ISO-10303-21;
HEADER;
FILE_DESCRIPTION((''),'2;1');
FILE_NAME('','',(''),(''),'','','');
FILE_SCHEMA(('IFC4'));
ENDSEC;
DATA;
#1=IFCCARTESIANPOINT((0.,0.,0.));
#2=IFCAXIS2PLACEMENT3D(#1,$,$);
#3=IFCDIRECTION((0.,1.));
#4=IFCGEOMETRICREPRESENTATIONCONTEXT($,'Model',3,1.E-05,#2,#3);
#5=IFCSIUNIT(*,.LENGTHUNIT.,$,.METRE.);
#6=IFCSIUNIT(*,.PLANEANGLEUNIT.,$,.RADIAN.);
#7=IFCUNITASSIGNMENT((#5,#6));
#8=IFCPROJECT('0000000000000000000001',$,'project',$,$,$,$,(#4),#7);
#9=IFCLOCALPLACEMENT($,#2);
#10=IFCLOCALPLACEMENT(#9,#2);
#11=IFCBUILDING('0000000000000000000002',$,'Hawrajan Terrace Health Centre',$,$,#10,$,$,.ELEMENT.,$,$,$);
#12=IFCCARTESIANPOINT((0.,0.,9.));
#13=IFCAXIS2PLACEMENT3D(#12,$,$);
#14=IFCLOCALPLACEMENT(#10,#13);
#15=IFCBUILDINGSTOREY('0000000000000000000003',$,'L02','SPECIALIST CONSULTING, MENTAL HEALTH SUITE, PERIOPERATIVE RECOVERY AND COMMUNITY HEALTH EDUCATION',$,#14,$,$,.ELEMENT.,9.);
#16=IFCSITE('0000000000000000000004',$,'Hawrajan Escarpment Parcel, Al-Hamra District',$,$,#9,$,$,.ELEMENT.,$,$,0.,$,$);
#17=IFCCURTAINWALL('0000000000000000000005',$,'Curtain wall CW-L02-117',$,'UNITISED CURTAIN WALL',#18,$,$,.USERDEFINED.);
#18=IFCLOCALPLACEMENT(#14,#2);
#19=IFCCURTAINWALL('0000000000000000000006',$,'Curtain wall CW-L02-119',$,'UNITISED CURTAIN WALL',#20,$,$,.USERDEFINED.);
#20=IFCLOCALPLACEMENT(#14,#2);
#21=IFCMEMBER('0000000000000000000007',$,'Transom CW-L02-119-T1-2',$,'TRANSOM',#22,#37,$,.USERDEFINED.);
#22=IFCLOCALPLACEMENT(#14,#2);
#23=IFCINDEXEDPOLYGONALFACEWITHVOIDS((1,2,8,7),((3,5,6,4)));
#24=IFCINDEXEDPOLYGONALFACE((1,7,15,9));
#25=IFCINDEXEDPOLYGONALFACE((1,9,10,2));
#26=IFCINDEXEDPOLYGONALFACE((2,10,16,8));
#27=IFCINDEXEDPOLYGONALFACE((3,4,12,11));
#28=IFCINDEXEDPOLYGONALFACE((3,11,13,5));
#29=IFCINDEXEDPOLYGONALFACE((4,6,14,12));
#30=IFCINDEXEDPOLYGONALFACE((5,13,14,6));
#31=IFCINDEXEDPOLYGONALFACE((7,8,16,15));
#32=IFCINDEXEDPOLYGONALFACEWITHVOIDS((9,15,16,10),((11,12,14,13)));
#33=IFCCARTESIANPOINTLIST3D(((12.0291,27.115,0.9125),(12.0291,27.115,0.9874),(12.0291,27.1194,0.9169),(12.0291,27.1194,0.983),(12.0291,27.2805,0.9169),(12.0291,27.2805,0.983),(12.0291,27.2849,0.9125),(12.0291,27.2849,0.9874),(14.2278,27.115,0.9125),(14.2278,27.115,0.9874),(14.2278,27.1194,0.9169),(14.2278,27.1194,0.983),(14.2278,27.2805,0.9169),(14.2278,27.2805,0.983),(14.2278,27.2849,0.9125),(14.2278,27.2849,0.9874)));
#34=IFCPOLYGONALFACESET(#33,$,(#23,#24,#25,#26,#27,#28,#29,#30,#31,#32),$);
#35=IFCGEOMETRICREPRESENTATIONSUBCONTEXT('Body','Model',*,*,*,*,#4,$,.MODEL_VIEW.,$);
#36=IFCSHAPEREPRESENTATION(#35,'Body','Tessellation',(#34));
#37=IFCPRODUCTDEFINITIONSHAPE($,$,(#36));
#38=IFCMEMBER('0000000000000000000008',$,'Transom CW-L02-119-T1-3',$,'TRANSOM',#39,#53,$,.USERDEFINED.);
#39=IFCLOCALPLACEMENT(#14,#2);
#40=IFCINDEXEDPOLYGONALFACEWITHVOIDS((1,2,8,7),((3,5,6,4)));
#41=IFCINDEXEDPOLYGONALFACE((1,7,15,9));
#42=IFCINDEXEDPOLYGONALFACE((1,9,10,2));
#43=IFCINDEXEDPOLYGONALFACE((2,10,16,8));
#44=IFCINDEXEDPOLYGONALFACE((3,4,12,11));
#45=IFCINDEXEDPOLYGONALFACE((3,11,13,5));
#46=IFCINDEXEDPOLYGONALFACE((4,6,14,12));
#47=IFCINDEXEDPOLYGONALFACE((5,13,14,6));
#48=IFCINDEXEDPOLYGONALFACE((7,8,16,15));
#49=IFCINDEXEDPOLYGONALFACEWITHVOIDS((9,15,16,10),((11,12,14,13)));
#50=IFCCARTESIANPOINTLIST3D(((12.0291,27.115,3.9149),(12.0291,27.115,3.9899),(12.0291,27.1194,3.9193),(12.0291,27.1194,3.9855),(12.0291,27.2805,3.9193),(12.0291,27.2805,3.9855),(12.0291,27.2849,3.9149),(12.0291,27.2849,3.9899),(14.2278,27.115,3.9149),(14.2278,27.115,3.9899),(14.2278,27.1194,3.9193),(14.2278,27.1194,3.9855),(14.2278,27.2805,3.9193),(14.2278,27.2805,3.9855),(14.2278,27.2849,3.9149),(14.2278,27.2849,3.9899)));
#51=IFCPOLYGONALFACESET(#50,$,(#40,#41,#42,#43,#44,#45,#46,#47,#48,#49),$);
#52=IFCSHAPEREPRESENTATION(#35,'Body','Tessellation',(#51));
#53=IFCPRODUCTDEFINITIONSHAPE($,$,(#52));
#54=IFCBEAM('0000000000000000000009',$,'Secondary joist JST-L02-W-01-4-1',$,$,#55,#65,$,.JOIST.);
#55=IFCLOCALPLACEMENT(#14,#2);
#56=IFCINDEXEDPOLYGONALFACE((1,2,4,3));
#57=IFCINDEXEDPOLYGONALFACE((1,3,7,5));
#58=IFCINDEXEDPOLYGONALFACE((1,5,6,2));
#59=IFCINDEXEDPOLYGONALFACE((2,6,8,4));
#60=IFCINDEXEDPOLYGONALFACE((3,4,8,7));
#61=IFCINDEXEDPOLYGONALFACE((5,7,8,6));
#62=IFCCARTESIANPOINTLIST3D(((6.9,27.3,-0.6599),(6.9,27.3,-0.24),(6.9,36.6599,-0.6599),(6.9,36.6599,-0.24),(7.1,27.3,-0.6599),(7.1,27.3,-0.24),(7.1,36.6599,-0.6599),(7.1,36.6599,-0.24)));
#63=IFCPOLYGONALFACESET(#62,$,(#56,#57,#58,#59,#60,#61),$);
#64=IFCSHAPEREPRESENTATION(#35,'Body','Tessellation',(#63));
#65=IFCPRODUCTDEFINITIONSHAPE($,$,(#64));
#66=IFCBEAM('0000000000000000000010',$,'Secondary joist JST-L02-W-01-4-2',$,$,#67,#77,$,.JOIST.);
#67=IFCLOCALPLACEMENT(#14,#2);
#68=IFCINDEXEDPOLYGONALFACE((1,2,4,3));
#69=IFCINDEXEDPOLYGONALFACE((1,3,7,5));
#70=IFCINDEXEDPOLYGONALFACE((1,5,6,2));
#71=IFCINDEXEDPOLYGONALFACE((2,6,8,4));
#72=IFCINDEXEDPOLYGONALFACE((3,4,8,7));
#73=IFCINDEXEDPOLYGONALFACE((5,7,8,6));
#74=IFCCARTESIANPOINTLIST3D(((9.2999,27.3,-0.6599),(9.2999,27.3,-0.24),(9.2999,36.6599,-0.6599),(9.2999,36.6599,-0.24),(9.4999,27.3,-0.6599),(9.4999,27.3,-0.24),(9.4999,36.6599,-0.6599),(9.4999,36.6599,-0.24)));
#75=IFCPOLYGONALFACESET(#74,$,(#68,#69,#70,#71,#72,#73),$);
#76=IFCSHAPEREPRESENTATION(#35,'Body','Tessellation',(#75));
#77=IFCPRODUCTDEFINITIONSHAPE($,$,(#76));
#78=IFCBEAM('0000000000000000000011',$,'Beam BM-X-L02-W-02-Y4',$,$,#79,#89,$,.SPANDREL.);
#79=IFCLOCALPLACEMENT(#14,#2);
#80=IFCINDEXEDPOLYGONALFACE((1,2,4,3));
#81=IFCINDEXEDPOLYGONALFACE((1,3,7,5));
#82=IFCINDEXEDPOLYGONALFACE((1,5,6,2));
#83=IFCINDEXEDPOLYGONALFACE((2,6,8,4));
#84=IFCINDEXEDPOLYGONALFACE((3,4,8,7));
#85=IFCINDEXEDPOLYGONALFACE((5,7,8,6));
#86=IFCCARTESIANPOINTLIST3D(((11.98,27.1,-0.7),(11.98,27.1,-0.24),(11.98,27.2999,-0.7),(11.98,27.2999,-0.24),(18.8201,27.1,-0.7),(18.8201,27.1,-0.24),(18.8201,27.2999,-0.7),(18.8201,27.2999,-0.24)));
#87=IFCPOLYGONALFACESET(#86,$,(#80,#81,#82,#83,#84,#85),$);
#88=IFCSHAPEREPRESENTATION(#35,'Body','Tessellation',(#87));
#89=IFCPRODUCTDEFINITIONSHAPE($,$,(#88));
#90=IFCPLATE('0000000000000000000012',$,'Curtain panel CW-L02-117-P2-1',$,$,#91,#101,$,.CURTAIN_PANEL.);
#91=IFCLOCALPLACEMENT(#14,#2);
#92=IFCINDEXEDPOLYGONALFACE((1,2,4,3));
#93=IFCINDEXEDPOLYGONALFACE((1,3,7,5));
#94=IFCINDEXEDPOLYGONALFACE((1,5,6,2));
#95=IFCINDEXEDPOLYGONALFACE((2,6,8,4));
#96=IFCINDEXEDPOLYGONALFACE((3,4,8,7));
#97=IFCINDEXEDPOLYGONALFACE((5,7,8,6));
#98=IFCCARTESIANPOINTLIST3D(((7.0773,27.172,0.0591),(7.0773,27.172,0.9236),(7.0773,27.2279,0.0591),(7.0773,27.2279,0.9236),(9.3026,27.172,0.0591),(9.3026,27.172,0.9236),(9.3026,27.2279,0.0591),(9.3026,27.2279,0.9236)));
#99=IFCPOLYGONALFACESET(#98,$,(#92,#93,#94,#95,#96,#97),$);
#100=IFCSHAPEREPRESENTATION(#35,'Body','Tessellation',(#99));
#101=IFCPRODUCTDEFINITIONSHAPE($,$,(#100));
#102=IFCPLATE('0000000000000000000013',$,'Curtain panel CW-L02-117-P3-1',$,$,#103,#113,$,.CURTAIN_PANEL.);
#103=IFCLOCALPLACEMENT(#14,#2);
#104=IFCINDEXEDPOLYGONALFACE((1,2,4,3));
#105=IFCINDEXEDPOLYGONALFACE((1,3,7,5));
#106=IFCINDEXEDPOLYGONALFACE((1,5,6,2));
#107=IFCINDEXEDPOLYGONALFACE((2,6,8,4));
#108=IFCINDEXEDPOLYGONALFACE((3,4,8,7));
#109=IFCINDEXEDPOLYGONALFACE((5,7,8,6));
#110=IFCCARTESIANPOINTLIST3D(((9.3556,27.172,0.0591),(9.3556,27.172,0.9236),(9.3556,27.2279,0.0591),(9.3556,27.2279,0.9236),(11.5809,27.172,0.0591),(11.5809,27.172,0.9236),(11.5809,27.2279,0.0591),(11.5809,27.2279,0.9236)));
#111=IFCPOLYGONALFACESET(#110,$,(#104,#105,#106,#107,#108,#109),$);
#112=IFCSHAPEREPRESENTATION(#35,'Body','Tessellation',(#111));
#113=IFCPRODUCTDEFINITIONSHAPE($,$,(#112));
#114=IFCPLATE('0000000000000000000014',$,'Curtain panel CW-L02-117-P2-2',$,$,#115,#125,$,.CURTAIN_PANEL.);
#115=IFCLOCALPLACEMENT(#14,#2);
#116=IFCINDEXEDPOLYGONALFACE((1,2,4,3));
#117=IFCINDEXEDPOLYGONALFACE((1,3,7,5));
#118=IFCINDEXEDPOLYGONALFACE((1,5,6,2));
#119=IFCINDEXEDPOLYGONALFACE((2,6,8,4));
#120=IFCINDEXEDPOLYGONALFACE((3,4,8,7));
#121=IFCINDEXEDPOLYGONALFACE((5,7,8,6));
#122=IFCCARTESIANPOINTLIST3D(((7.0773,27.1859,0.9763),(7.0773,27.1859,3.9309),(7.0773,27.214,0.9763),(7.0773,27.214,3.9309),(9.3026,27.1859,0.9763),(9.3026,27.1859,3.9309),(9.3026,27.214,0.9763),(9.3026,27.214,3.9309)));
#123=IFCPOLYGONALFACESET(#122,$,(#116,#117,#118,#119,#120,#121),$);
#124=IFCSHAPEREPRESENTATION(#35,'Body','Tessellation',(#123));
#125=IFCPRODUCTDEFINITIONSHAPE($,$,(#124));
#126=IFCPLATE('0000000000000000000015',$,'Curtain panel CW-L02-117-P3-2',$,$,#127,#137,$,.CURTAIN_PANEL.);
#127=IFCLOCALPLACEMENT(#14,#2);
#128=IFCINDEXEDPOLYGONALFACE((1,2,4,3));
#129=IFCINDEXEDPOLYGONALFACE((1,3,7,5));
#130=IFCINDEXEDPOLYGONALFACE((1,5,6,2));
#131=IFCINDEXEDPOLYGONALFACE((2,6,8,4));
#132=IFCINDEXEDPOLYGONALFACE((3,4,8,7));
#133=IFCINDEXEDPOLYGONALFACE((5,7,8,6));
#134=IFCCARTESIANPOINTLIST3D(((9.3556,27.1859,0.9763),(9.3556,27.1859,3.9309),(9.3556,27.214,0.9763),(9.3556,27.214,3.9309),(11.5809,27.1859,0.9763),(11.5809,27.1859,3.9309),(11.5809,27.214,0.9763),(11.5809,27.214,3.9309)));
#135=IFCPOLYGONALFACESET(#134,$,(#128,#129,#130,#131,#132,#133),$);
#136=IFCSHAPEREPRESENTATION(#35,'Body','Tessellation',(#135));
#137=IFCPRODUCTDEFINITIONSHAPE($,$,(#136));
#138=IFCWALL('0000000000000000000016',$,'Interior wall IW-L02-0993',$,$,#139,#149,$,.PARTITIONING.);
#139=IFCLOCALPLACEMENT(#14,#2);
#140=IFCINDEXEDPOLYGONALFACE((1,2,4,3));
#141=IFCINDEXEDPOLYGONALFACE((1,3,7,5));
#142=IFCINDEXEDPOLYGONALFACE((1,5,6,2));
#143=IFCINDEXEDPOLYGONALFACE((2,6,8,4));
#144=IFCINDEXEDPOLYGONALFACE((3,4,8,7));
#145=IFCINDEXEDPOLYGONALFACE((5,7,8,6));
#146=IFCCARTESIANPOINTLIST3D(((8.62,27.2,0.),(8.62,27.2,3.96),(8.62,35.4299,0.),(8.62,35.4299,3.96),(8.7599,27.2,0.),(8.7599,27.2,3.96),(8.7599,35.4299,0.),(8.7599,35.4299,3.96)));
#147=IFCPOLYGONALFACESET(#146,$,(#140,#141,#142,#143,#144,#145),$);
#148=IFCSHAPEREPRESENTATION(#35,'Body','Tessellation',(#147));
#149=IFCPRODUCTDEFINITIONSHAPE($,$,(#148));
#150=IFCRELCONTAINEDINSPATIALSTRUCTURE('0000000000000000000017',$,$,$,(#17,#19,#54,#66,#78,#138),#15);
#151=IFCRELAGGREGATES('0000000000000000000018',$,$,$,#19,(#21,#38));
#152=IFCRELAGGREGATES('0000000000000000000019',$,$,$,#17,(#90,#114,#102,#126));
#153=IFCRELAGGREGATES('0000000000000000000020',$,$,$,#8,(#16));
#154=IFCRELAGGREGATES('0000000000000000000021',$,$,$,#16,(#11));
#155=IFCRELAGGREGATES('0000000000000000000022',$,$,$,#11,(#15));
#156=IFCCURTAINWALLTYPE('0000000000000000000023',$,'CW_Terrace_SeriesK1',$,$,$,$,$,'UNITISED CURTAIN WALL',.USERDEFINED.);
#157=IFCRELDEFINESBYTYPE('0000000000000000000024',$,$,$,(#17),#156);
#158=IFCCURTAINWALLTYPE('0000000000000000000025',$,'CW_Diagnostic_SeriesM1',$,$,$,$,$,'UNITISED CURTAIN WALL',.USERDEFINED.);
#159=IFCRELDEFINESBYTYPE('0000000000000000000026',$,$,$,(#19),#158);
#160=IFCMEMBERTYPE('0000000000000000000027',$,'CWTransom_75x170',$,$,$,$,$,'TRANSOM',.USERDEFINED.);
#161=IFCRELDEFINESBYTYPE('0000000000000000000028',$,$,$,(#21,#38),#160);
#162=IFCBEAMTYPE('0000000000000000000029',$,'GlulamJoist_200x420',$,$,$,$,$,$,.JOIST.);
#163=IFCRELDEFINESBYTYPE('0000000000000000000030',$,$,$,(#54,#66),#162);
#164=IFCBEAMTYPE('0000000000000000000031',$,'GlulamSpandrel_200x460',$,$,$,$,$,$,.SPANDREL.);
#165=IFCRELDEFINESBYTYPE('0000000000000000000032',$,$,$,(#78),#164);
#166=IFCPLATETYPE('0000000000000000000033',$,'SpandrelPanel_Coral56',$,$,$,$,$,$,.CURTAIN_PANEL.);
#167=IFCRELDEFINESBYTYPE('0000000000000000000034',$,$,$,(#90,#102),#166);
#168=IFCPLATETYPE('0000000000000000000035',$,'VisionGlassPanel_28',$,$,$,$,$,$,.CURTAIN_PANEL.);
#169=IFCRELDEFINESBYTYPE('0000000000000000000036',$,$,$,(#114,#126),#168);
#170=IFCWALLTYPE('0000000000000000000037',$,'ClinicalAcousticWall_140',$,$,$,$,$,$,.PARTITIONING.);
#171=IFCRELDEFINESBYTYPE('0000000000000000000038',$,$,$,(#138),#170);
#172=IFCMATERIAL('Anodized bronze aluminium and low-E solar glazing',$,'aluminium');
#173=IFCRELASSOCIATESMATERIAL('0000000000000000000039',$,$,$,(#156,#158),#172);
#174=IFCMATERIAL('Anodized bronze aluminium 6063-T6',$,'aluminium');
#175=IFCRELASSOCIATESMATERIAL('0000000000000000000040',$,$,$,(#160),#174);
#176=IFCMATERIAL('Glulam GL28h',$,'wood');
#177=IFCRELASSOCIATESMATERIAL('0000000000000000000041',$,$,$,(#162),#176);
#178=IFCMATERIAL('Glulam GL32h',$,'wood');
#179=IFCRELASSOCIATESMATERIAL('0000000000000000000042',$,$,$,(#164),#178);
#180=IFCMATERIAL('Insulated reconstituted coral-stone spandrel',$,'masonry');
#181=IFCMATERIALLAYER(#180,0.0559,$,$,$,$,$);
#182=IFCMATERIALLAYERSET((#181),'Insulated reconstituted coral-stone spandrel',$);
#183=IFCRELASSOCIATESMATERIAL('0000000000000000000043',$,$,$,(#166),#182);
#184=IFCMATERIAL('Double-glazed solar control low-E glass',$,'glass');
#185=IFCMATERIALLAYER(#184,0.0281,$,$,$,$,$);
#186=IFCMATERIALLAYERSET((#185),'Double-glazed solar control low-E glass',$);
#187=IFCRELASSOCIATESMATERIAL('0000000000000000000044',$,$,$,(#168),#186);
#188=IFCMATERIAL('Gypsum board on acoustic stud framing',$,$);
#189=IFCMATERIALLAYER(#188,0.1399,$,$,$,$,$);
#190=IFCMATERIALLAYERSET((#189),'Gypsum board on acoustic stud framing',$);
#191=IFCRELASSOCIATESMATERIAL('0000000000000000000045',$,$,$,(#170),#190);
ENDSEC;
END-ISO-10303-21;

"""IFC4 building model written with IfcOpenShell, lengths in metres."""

from ifc_helpers import new_model, si_unit, direction, frame, frame_2d, origin, origin_2d, place, context, subcontext, project, spatial, rectangle, hollow_rectangle, extrude, material, layer, layer_set, material_profile, profile_set, type_object, element, aggregate, save


model = new_model("IFC4")

# Units and contexts
model_context = context("Model", 3, precision=1e-05, world=origin(), true_north=direction((0.0, 1.0)))
body_context = subcontext(model_context, "Body", "Model", "MODEL_VIEW")
ifc_project = project(units=[si_unit("LENGTHUNIT", "METRE"), si_unit("PLANEANGLEUNIT", "RADIAN")], contexts=[model_context])

# Site, building, storey
site_placement = place(None, origin())
site = spatial("IfcSite", under=ifc_project, at=site_placement, Name="Hawrajan Escarpment Parcel, Al-Hamra District", CompositionType="ELEMENT", RefElevation=0.0)
building_placement = place(site_placement, origin())
building = spatial("IfcBuilding", under=site, at=building_placement, Name="Hawrajan Terrace Health Centre", CompositionType="ELEMENT")
storey_placement = place(building_placement, frame((0.0, 0.0, 9.0)))
storey = spatial("IfcBuildingStorey", under=building, at=storey_placement, Name="L02", Description="SPECIALIST CONSULTING, MENTAL HEALTH SUITE, PERIOPERATIVE RECOVERY AND COMMUNITY HEALTH EDUCATION", CompositionType="ELEMENT", Elevation=9.0)

# Shared definitions
ifc_material_1 = material(Name="Glulam GL32h", Category="wood")

# Curtain wall
ifc_material_2 = material(Name="Anodized bronze aluminium and low-E solar glazing", Category="aluminium")
curtain_wall_type_1 = type_object("IfcCurtainWallType", Name="CW_Terrace_SeriesK1", ElementType="UNITISED CURTAIN WALL", PredefinedType="USERDEFINED", material=ifc_material_2)
curtain_wall_1_placement = place(storey_placement, origin())
curtain_wall_1 = element("IfcCurtainWall", 1, at=curtain_wall_1_placement, inside=storey, type_object=curtain_wall_type_1, Name="Curtain wall CW-L02-117", ObjectType="UNITISED CURTAIN WALL", PredefinedType="USERDEFINED")
ifc_material_3 = material(Name="Anodized bronze aluminium 6063-T6", Category="aluminium")

# Curtain wall
curtain_wall_type_2 = type_object("IfcCurtainWallType", Name="CW_Diagnostic_SeriesM1", ElementType="UNITISED CURTAIN WALL", PredefinedType="USERDEFINED", material=ifc_material_2)
curtain_wall_2_placement = place(storey_placement, origin())
curtain_wall_2 = element("IfcCurtainWall", 2, at=curtain_wall_2_placement, inside=storey, type_object=curtain_wall_type_2, Name="Curtain wall CW-L02-119", ObjectType="UNITISED CURTAIN WALL", PredefinedType="USERDEFINED")

# Members
ifc_material_profile_1 = material_profile(ifc_material_3, hollow_rectangle(XDim=0.075, YDim=0.1699, WallThickness=0.0044, at=origin_2d()), Name="CW TRN 75x170")
ifc_profile_set_1 = profile_set([ifc_material_profile_1], Name="Anodized bronze aluminium 6063-T6")
member_type_1 = type_object("IfcMemberType", Name="CWTransom_75x170", ElementType="TRANSOM", PredefinedType="USERDEFINED", material=ifc_profile_set_1)
member_1_placement = place(storey_placement, frame((12.0291, 27.2, 0.95), z_axis=(1.0, 0.0, 0.0), x_axis=(0.0, 0.0, 1.0)))
member_1 = element("IfcMember", 3, at=member_1_placement, type_object=member_type_1, Name="Transom CW-L02-119-T1-2", ObjectType="TRANSOM", PredefinedType="USERDEFINED", context=body_context, shape_type="SweptSolid", body=[
    extrude(hollow_rectangle(XDim=0.075, YDim=0.1699, WallThickness=0.0044, at=origin_2d()), origin(), (0.0, 0.0, 1.0), 2.1987),
])
member_2_placement = place(storey_placement, frame((12.0291, 27.2, 3.9524), z_axis=(1.0, 0.0, 0.0), x_axis=(0.0, 0.0, 1.0)))
member_2 = element("IfcMember", 4, at=member_2_placement, type_object=member_type_1, Name="Transom CW-L02-119-T1-3", ObjectType="TRANSOM", PredefinedType="USERDEFINED", context=body_context, shape_type="SweptSolid", body=[
    extrude(hollow_rectangle(XDim=0.075, YDim=0.1699, WallThickness=0.0044, at=origin_2d()), origin(), (0.0, 0.0, 1.0), 2.1987),
])
aggregate(curtain_wall_2, [member_1, member_2])

# Beams
ifc_material_4 = material(Name="Glulam GL28h", Category="wood")
ifc_material_profile_2 = material_profile(ifc_material_4, rectangle(XDim=0.2, YDim=0.4199, at=origin_2d()), Name="GL JST 200x420")
ifc_profile_set_2 = profile_set([ifc_material_profile_2], Name="Glulam GL28h")
beam_type_1 = type_object("IfcBeamType", Name="GlulamJoist_200x420", PredefinedType="JOIST", material=ifc_profile_set_2)
for number, where, z_axis, x_axis, name in (
    (5, (7.0, 27.3, -0.45), (0.0, 1.0, 0.0), (-1.0, 0.0, 0.0), "Secondary joist JST-L02-W-01-4-1"),
    (6, (9.3999, 27.3, -0.45), (0.0, 1.0, 0.0), (-1.0, 0.0, 0.0), "Secondary joist JST-L02-W-01-4-2"),
):
    element("IfcBeam", number, at=place(storey_placement, frame(where, z_axis=z_axis, x_axis=x_axis)), inside=storey, type_object=beam_type_1, Name=name, PredefinedType="JOIST", context=body_context, shape_type="SweptSolid", body=[
        extrude(rectangle(XDim=0.2, YDim=0.4199, at=origin_2d()), origin(), (0.0, 0.0, 1.0), 9.3599),
    ])
ifc_material_profile_3 = material_profile(ifc_material_1, rectangle(XDim=0.2, YDim=0.46, at=origin_2d()), Name="GL SP 200x460")
ifc_profile_set_3 = profile_set([ifc_material_profile_3], Name="Glulam GL32h")
beam_type_2 = type_object("IfcBeamType", Name="GlulamSpandrel_200x460", PredefinedType="SPANDREL", material=ifc_profile_set_3)
beam_placement = place(storey_placement, frame((11.98, 27.2, -0.47), z_axis=(1.0, 0.0, 0.0), x_axis=(0.0, 1.0, 0.0)))
element("IfcBeam", 7, at=beam_placement, inside=storey, type_object=beam_type_2, Name="Beam BM-X-L02-W-02-Y4", PredefinedType="SPANDREL", context=body_context, shape_type="SweptSolid", body=[
    extrude(rectangle(XDim=0.2, YDim=0.46, at=origin_2d()), origin(), (0.0, 0.0, 1.0), 6.8401),
])

# Plates
ifc_material_5 = material(Name="Insulated reconstituted coral-stone spandrel", Category="masonry")
ifc_layer_1 = layer(ifc_material_5, 0.0559)
ifc_layer_set_1 = layer_set([ifc_layer_1], Name="Insulated reconstituted coral-stone spandrel")
plate_type_1 = type_object("IfcPlateType", Name="SpandrelPanel_Coral56", PredefinedType="CURTAIN_PANEL", material=ifc_layer_set_1)
plate_1_placement = place(storey_placement, frame((8.1899, 27.2, 0.0591), z_axis=(0.0, 0.0, 1.0), x_axis=(1.0, 0.0, 0.0)))
plate_1 = element("IfcPlate", 8, at=plate_1_placement, type_object=plate_type_1, Name="Curtain panel CW-L02-117-P2-1", PredefinedType="CURTAIN_PANEL", context=body_context, shape_type="SweptSolid", body=[
    extrude(rectangle(XDim=2.2253, YDim=0.0559, at=origin_2d()), origin(), (0.0, 0.0, 1.0), 0.8645),
])
plate_2_placement = place(storey_placement, frame((10.4683, 27.2, 0.0591), z_axis=(0.0, 0.0, 1.0), x_axis=(1.0, 0.0, 0.0)))
plate_2 = element("IfcPlate", 9, at=plate_2_placement, type_object=plate_type_1, Name="Curtain panel CW-L02-117-P3-1", PredefinedType="CURTAIN_PANEL", context=body_context, shape_type="SweptSolid", body=[
    extrude(rectangle(XDim=2.2253, YDim=0.0559, at=origin_2d()), origin(), (0.0, 0.0, 1.0), 0.8645),
])
ifc_material_6 = material(Name="Double-glazed solar control low-E glass", Category="glass")
ifc_layer_2 = layer(ifc_material_6, 0.0281)
ifc_layer_set_2 = layer_set([ifc_layer_2], Name="Double-glazed solar control low-E glass")
plate_type_2 = type_object("IfcPlateType", Name="VisionGlassPanel_28", PredefinedType="CURTAIN_PANEL", material=ifc_layer_set_2)
plate_3_placement = place(storey_placement, frame((8.1899, 27.2, 0.9763), z_axis=(0.0, 0.0, 1.0), x_axis=(1.0, 0.0, 0.0)))
plate_3 = element("IfcPlate", 10, at=plate_3_placement, type_object=plate_type_2, Name="Curtain panel CW-L02-117-P2-2", PredefinedType="CURTAIN_PANEL", context=body_context, shape_type="SweptSolid", body=[
    extrude(rectangle(XDim=2.2253, YDim=0.0281, at=origin_2d()), origin(), (0.0, 0.0, 1.0), 2.9546),
])
plate_4_placement = place(storey_placement, frame((10.4683, 27.2, 0.9763), z_axis=(0.0, 0.0, 1.0), x_axis=(1.0, 0.0, 0.0)))
plate_4 = element("IfcPlate", 11, at=plate_4_placement, type_object=plate_type_2, Name="Curtain panel CW-L02-117-P3-2", PredefinedType="CURTAIN_PANEL", context=body_context, shape_type="SweptSolid", body=[
    extrude(rectangle(XDim=2.2253, YDim=0.0281, at=origin_2d()), origin(), (0.0, 0.0, 1.0), 2.9546),
])
aggregate(curtain_wall_1, [plate_1, plate_3, plate_2, plate_4])

# Wall
ifc_material_7 = material(Name="Gypsum board on acoustic stud framing")
ifc_layer_3 = layer(ifc_material_7, 0.1399)
ifc_layer_set_3 = layer_set([ifc_layer_3], Name="Gypsum board on acoustic stud framing")
wall_type = type_object("IfcWallType", Name="ClinicalAcousticWall_140", PredefinedType="PARTITIONING", material=ifc_layer_set_3)
wall_placement = place(storey_placement, frame((8.6899, 27.2, 0.0), z_axis=(0.0, 0.0, 1.0), x_axis=(0.0, 1.0, 0.0)))
element("IfcWall", 12, at=wall_placement, inside=storey, type_object=wall_type, Name="Interior wall IW-L02-0993", PredefinedType="PARTITIONING", context=body_context, shape_type="SweptSolid", body=[
    extrude(rectangle(XDim=8.23, YDim=0.1399, at=frame_2d((4.115, 0.0))), origin(), (0.0, 0.0, 1.0), 3.96),
])

save(model, "model.ifc")
